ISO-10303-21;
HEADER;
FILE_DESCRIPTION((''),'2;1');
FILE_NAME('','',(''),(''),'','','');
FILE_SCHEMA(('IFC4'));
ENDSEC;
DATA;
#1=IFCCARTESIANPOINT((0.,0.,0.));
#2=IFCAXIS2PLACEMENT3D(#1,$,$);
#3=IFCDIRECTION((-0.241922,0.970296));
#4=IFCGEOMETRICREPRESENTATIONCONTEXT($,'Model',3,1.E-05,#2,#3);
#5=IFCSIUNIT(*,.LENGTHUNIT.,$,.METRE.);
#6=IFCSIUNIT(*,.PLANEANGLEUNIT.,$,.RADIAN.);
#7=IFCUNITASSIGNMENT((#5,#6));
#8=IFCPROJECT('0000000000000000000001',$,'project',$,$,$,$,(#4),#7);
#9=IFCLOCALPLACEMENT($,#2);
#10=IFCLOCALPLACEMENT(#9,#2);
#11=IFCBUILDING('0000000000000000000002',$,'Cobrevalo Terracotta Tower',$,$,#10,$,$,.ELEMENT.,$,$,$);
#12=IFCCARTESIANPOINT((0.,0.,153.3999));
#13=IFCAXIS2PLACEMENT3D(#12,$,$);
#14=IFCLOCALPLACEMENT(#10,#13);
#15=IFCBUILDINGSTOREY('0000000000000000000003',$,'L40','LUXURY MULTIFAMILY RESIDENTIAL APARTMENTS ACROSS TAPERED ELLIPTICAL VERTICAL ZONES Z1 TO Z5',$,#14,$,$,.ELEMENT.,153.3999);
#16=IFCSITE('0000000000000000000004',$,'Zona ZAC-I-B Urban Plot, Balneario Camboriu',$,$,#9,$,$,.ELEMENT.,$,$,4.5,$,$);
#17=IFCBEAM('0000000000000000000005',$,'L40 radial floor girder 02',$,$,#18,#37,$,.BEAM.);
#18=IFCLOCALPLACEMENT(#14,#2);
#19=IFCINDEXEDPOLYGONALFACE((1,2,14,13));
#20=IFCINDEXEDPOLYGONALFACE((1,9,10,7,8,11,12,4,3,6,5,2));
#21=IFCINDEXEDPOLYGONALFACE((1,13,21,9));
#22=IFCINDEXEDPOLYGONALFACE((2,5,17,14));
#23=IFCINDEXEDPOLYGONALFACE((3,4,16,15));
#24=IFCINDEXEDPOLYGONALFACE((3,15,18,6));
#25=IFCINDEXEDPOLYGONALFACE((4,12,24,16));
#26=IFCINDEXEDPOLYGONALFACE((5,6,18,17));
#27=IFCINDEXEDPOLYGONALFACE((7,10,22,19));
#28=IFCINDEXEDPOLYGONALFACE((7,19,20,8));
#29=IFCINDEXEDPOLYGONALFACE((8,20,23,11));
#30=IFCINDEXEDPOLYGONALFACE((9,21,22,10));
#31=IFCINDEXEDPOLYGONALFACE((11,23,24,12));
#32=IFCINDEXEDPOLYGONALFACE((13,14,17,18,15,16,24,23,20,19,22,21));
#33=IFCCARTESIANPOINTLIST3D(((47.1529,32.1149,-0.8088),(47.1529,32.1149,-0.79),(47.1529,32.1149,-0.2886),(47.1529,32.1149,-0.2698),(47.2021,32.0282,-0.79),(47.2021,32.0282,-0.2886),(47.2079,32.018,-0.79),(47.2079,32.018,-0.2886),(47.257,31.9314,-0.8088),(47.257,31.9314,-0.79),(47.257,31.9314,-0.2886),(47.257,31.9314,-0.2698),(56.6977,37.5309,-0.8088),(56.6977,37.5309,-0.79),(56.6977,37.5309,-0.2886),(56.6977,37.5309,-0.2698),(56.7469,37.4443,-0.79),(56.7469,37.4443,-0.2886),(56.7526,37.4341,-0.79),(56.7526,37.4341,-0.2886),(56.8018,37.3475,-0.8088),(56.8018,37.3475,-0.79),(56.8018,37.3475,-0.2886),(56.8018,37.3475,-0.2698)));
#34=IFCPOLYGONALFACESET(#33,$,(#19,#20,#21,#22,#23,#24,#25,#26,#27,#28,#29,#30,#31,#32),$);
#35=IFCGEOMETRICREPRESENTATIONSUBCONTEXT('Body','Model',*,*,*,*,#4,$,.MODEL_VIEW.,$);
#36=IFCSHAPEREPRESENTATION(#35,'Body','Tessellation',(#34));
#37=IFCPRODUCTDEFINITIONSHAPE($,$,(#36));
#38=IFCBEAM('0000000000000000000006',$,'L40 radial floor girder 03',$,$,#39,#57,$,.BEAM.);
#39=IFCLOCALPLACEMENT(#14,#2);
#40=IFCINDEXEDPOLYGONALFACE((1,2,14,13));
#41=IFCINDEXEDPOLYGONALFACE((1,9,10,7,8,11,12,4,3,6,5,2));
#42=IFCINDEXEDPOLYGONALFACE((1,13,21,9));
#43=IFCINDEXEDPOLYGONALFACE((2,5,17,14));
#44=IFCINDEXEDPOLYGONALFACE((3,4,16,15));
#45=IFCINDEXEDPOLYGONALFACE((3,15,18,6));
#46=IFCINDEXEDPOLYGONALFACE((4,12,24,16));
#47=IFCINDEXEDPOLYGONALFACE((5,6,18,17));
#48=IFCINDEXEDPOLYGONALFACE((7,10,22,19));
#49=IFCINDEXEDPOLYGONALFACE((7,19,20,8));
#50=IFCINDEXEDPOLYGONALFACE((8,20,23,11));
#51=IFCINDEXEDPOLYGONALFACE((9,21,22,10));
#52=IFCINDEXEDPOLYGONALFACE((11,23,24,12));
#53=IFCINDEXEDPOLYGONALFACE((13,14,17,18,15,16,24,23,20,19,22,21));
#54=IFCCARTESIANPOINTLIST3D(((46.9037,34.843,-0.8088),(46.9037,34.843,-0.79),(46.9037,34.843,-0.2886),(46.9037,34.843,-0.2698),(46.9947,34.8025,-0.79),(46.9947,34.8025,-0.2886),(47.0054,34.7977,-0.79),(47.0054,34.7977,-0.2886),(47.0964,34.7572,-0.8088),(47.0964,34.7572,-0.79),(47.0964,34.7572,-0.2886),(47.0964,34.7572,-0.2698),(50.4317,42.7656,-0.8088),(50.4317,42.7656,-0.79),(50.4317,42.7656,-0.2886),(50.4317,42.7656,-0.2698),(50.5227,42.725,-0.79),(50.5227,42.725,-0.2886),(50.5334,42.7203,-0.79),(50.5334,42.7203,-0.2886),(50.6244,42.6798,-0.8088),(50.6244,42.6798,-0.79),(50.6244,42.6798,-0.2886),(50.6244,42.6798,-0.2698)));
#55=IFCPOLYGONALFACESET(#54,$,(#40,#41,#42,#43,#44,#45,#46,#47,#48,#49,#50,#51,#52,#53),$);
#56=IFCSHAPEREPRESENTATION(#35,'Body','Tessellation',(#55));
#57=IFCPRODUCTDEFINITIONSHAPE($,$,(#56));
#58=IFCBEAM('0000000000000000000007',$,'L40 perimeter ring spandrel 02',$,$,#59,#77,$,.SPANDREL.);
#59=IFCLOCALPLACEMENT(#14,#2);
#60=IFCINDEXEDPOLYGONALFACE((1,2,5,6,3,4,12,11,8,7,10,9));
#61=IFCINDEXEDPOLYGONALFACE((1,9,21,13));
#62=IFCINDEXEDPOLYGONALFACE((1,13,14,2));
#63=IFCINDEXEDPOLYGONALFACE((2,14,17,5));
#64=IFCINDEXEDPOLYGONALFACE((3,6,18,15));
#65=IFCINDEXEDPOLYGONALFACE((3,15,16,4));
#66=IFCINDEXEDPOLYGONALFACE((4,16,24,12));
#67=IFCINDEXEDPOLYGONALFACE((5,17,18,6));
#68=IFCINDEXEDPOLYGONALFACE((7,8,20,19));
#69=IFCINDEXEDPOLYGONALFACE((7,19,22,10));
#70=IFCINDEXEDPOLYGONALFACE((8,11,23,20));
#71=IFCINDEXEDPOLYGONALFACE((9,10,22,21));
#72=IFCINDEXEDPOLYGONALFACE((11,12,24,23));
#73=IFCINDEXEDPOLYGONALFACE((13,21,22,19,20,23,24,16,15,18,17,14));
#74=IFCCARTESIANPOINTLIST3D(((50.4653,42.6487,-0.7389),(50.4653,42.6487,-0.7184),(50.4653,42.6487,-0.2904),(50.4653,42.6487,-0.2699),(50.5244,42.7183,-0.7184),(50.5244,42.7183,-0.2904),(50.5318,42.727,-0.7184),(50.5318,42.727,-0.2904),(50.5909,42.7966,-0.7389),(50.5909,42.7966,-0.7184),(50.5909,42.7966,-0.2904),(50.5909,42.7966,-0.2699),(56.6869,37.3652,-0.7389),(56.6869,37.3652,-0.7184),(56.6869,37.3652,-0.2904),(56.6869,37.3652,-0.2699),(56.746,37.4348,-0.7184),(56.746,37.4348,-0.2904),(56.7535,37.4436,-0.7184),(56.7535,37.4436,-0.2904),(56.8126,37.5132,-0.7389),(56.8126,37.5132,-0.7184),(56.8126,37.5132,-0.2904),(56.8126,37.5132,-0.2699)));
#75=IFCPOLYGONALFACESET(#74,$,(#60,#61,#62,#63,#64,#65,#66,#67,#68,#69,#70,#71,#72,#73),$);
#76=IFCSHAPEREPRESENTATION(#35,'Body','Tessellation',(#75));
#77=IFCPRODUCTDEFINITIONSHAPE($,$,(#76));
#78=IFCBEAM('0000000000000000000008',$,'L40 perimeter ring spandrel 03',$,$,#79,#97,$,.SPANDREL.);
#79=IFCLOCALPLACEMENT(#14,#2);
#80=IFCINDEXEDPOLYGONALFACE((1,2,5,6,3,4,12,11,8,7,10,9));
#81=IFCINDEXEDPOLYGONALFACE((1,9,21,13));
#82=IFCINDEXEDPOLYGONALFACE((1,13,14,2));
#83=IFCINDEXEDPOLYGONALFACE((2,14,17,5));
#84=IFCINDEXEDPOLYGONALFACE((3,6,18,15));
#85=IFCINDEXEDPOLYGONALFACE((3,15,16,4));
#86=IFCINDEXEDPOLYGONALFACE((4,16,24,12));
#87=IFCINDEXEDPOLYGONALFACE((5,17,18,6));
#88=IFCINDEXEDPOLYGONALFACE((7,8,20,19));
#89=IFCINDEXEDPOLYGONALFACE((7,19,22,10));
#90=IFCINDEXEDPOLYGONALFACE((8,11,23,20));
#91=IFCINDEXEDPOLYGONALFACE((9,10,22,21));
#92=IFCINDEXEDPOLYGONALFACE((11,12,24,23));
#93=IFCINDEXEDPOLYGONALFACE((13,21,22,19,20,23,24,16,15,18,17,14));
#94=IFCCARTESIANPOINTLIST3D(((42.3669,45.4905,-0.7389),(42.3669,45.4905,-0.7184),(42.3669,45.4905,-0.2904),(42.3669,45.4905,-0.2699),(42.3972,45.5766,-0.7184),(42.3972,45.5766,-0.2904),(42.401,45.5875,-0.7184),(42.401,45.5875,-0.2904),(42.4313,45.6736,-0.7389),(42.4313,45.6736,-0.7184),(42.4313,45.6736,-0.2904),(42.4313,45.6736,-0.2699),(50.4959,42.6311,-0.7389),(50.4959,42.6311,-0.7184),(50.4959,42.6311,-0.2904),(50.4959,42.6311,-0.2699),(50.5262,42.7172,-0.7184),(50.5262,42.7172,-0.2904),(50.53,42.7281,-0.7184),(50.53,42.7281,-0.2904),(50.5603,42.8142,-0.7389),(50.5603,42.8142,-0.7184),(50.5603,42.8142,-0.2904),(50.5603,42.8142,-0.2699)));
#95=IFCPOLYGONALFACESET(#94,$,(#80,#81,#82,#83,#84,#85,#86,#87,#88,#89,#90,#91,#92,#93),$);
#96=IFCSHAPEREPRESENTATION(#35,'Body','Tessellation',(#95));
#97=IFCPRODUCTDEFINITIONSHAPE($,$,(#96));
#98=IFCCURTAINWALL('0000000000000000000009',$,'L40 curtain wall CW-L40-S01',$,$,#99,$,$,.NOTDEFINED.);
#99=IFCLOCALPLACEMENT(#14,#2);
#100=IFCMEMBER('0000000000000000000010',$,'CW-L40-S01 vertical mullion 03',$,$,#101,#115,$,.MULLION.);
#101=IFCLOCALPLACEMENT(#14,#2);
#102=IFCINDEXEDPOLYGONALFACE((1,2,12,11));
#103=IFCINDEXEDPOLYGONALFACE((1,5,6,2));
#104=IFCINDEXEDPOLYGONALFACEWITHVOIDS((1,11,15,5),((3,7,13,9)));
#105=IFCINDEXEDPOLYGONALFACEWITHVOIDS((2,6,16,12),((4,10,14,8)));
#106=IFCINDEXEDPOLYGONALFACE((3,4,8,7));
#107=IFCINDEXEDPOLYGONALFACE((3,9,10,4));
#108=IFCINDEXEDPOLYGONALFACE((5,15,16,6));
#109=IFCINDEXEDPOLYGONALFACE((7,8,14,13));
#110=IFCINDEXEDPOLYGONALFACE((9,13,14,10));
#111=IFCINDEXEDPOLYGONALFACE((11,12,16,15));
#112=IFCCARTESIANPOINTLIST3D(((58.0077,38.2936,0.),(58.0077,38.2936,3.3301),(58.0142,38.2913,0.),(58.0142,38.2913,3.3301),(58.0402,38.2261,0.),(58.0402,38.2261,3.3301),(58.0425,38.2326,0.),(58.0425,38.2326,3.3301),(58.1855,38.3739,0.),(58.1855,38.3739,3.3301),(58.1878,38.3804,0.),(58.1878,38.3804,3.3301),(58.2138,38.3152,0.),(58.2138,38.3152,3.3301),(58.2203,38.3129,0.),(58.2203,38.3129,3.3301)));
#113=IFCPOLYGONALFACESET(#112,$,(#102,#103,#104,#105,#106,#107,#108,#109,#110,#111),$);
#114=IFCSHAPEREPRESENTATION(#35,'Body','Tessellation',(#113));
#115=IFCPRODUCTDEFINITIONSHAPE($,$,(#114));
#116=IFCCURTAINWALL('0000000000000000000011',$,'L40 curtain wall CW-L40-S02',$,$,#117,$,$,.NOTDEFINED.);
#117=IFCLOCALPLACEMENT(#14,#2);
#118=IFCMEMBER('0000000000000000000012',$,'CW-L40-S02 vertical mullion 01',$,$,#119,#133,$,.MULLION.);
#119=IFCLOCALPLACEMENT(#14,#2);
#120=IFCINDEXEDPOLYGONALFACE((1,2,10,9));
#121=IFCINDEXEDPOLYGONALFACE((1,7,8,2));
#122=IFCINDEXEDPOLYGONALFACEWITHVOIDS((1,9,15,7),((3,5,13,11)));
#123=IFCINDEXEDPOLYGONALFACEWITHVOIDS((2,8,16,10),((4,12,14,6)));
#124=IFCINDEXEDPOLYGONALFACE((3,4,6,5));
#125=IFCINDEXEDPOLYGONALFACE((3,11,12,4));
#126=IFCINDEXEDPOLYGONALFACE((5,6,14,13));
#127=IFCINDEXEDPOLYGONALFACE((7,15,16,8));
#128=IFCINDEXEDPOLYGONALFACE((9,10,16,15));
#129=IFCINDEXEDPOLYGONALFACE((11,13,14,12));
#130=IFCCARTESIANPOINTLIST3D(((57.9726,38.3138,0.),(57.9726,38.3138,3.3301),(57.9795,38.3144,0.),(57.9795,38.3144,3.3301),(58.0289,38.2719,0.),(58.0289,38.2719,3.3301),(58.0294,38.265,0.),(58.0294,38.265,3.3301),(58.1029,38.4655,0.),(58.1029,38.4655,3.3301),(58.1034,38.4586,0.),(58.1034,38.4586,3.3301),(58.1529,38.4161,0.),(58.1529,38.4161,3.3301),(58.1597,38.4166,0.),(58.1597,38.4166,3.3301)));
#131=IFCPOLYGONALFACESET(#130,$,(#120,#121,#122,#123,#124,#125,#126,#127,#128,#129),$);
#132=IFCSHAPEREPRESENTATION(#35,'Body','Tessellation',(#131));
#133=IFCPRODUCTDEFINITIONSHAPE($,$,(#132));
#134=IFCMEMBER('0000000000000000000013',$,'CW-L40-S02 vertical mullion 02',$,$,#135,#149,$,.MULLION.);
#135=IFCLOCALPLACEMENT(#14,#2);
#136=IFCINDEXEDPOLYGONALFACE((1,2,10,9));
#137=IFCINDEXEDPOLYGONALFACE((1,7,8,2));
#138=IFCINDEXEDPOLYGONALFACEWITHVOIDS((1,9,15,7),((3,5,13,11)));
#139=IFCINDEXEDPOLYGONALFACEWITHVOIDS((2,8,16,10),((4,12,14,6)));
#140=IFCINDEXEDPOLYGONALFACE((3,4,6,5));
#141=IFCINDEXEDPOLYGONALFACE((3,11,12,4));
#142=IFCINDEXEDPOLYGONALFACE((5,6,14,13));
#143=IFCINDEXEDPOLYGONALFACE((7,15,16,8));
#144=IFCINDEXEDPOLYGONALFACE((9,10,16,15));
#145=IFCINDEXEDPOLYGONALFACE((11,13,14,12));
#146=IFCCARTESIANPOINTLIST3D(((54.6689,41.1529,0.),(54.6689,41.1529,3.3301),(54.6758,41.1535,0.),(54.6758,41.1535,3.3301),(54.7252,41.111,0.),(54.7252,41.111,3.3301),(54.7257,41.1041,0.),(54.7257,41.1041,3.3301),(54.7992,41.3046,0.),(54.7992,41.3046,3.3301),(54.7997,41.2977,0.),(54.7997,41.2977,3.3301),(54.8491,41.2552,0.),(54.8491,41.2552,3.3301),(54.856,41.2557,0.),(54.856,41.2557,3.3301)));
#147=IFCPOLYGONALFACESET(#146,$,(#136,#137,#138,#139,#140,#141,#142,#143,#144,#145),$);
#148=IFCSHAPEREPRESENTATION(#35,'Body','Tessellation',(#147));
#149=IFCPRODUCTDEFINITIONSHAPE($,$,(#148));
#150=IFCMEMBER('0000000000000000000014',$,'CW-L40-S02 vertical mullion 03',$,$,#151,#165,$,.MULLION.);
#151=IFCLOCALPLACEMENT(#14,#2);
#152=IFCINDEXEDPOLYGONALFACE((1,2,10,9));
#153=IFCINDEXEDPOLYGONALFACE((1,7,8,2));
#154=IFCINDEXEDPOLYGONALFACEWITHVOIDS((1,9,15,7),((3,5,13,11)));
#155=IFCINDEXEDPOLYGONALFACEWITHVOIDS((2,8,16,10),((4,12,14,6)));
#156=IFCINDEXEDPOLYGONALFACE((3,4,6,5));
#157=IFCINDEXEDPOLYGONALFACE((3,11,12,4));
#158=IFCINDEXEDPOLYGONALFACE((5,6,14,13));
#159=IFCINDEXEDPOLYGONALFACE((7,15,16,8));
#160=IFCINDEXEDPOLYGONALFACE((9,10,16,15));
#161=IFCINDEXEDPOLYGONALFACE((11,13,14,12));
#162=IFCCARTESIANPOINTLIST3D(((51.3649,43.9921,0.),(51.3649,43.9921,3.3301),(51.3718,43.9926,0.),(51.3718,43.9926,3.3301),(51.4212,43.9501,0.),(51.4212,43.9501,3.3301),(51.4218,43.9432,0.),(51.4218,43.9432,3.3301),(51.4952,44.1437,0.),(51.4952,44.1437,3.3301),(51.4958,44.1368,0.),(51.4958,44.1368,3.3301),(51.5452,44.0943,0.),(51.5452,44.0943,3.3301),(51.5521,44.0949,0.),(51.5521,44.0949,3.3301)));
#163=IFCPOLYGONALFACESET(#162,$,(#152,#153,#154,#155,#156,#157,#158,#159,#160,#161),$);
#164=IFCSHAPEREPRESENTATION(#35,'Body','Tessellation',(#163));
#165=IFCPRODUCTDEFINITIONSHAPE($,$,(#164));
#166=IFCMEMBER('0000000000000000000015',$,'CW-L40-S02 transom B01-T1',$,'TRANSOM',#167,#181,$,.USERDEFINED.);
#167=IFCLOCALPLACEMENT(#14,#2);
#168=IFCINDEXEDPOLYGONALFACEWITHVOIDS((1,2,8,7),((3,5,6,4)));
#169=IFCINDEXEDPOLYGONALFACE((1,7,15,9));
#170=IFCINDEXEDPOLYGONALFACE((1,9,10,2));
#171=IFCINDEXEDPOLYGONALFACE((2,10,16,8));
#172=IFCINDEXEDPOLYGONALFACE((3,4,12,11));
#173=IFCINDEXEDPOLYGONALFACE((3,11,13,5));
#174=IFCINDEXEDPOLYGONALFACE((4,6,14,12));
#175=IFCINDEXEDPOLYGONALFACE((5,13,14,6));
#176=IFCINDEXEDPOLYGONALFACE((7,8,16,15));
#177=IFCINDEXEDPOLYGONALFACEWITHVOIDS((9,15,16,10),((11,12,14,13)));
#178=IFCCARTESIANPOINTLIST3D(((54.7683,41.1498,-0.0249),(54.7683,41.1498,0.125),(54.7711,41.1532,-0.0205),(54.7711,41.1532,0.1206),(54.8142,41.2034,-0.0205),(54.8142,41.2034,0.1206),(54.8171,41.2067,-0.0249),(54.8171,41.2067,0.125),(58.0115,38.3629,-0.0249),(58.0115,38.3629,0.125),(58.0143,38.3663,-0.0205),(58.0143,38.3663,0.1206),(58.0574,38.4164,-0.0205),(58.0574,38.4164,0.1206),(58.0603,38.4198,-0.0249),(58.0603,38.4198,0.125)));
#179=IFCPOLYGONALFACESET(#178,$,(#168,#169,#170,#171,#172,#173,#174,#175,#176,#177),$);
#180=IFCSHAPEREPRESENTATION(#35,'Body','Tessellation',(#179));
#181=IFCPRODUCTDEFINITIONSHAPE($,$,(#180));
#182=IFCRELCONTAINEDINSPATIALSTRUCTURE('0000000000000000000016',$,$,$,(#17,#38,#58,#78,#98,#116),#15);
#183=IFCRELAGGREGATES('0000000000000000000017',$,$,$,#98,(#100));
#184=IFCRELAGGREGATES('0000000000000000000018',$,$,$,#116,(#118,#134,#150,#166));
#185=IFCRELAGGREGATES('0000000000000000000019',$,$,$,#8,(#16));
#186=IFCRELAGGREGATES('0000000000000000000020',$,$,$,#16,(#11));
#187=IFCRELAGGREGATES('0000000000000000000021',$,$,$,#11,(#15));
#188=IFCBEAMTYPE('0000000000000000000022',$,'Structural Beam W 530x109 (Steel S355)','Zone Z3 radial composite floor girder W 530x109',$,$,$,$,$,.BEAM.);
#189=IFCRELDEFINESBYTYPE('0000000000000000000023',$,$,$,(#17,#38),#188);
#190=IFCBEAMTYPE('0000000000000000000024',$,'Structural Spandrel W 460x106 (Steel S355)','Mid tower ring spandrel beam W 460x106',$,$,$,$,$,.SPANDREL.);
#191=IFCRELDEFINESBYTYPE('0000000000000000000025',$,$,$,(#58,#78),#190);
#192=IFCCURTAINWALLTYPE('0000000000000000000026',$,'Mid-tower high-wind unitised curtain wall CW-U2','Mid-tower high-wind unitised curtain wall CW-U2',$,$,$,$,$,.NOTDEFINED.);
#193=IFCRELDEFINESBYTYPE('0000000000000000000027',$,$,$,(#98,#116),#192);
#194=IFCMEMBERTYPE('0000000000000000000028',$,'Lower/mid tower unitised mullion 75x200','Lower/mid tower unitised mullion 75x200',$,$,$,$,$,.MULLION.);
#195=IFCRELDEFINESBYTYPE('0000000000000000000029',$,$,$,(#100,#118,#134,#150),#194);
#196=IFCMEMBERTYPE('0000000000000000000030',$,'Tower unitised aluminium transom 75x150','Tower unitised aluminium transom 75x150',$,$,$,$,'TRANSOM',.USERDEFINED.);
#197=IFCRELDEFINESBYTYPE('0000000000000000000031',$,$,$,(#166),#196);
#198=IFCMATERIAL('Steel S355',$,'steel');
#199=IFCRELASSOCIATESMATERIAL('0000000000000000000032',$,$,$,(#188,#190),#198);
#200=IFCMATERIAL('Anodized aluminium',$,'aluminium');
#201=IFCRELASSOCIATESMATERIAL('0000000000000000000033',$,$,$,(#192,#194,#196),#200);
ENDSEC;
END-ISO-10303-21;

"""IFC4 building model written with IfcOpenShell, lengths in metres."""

from ifc_helpers import new_model, si_unit, direction, frame, origin, origin_2d, place, context, subcontext, project, spatial, hollow_rectangle, i_section, extrude, source, transform, mapped, material, material_profile, profile_set, type_object, element, aggregate, save


model = new_model("IFC4")

# Units and contexts
model_context = context("Model", 3, precision=1e-05, world=origin(), true_north=direction((-0.241922, 0.970296)))
body_context = subcontext(model_context, "Body", "Model", "MODEL_VIEW")
ifc_project = project(units=[si_unit("LENGTHUNIT", "METRE"), si_unit("PLANEANGLEUNIT", "RADIAN")], contexts=[model_context])

# Site, building, storey
site_placement = place(None, origin())
site = spatial("IfcSite", under=ifc_project, at=site_placement, Name="Zona ZAC-I-B Urban Plot, Balneario Camboriu", CompositionType="ELEMENT", RefElevation=4.5)
building_placement = place(site_placement, origin())
building = spatial("IfcBuilding", under=site, at=building_placement, Name="Cobrevalo Terracotta Tower", CompositionType="ELEMENT")
storey_placement = place(building_placement, frame((0.0, 0.0, 153.3999)))
storey = spatial("IfcBuildingStorey", under=building, at=storey_placement, Name="L40", Description="LUXURY MULTIFAMILY RESIDENTIAL APARTMENTS ACROSS TAPERED ELLIPTICAL VERTICAL ZONES Z1 TO Z5", CompositionType="ELEMENT", Elevation=153.3999)

# Shared definitions
ifc_material_1 = material(Name="Steel S355", Category="steel")

# Beams
ifc_material_profile_1 = material_profile(ifc_material_1, i_section(OverallWidth=0.2109, OverallDepth=0.5391, WebThickness=0.0117, FlangeThickness=0.0188, at=origin_2d()), Name="W 530x109")
ifc_profile_set_1 = profile_set([ifc_material_profile_1], Name="Steel S355")
beam_type_1 = type_object("IfcBeamType", Name="Structural Beam W 530x109 (Steel S355)", Description="Zone Z3 radial composite floor girder W 530x109", PredefinedType="BEAM", material=ifc_profile_set_1)
beam_1_placement = place(storey_placement, frame((56.7498, 37.4392, -0.5393), z_axis=(-0.869734, -0.49352, 0.0), x_axis=(0.49352, -0.869734, 0.0)))
element("IfcBeam", 1, at=beam_1_placement, inside=storey, type_object=beam_type_1, Name="L40 radial floor girder 02", PredefinedType="BEAM", context=body_context, shape_type="SweptSolid", body=[
    extrude(i_section(OverallWidth=0.2109, OverallDepth=0.5391, WebThickness=0.0117, FlangeThickness=0.0188, at=origin_2d()), origin(), (0.0, 0.0, 1.0), 10.9744),
])
beam_2_placement = place(storey_placement, frame((50.5281, 42.7227, -0.5393), z_axis=(-0.406804, -0.913515, 0.0), x_axis=(0.913515, -0.406804, 0.0)))
element("IfcBeam", 2, at=beam_2_placement, inside=storey, type_object=beam_type_1, Name="L40 radial floor girder 03", PredefinedType="BEAM", context=body_context, shape_type="SweptSolid", body=[
    extrude(i_section(OverallWidth=0.2109, OverallDepth=0.5391, WebThickness=0.0117, FlangeThickness=0.0188, at=origin_2d()), origin(), (0.0, 0.0, 1.0), 8.6726),
])
ifc_material_profile_2 = material_profile(ifc_material_1, i_section(OverallWidth=0.1941, OverallDepth=0.469, WebThickness=0.0115, FlangeThickness=0.0205, at=origin_2d()), Name="W 460x106")
ifc_profile_set_2 = profile_set([ifc_material_profile_2], Name="Steel S355")
beam_type_2 = type_object("IfcBeamType", Name="Structural Spandrel W 460x106 (Steel S355)", Description="Mid tower ring spandrel beam W 460x106", PredefinedType="SPANDREL", material=ifc_profile_set_2)
beam_3_placement = place(storey_placement, frame((56.7498, 37.4392, -0.5044), z_axis=(-0.76224, 0.647294, 0.0), x_axis=(-0.647294, -0.76224, 0.0)))
element("IfcBeam", 3, at=beam_3_placement, inside=storey, type_object=beam_type_2, Name="L40 perimeter ring spandrel 02", PredefinedType="SPANDREL", context=body_context, shape_type="SweptSolid", body=[
    extrude(i_section(OverallWidth=0.1941, OverallDepth=0.469, WebThickness=0.0115, FlangeThickness=0.0205, at=origin_2d()), origin(), (0.0, 0.0, 1.0), 8.1624),
])
beam_4_placement = place(storey_placement, frame((50.5281, 42.7227, -0.5044), z_axis=(-0.943341, 0.331824, 0.0), x_axis=(-0.331824, -0.943341, 0.0)))
element("IfcBeam", 4, at=beam_4_placement, inside=storey, type_object=beam_type_2, Name="L40 perimeter ring spandrel 03", PredefinedType="SPANDREL", context=body_context, shape_type="SweptSolid", body=[
    extrude(i_section(OverallWidth=0.1941, OverallDepth=0.469, WebThickness=0.0115, FlangeThickness=0.0205, at=origin_2d()), origin(), (0.0, 0.0, 1.0), 8.6172),
])

# Curtain wall, member
ifc_material_2 = material(Name="Anodized aluminium", Category="aluminium")
curtain_wall_type = type_object("IfcCurtainWallType", Name="Mid-tower high-wind unitised curtain wall CW-U2", Description="Mid-tower high-wind unitised curtain wall CW-U2", PredefinedType="NOTDEFINED", material=ifc_material_2)
curtain_wall_1_placement = place(storey_placement, origin())
curtain_wall_1 = element("IfcCurtainWall", 5, at=curtain_wall_1_placement, inside=storey, type_object=curtain_wall_type, Name="L40 curtain wall CW-L40-S01", PredefinedType="NOTDEFINED")
ifc_material_profile_3 = material_profile(ifc_material_2, hollow_rectangle(XDim=0.075, YDim=0.2, WallThickness=0.0049, at=origin_2d()), Name="CWM 75x200")
ifc_profile_set_3 = profile_set([ifc_material_profile_3], Name="Anodized aluminium")
member_type_1 = type_object("IfcMemberType", Name="Lower/mid tower unitised mullion 75x200", Description="Lower/mid tower unitised mullion 75x200", PredefinedType="MULLION", material=ifc_profile_set_3)
shared_shape_1 = source(origin(), body_context, "Body", "SweptSolid", [
    extrude(hollow_rectangle(XDim=0.075, YDim=0.2, WallThickness=0.0049, at=origin_2d()), origin(), (0.0, 0.0, 1.0), 3.3301),
])
member_1_placement = place(storey_placement, frame((58.114, 38.3032, 0.0), z_axis=(0.0, 0.0, 1.0), x_axis=(-0.434209, 0.900812, 0.0)))
member_1 = element("IfcMember", 6, at=member_1_placement, type_object=member_type_1, Name="CW-L40-S01 vertical mullion 03", PredefinedType="MULLION", context=body_context, shape_type="MappedRepresentation", body=[
    mapped(shared_shape_1, transform((0.0, 0.0, 0.0), scale=1.0)),
])
aggregate(curtain_wall_1, [member_1])

# Curtain wall, members
curtain_wall_2_placement = place(storey_placement, origin())
curtain_wall_2 = element("IfcCurtainWall", 7, at=curtain_wall_2_placement, inside=storey, type_object=curtain_wall_type, Name="L40 curtain wall CW-L40-S02", PredefinedType="NOTDEFINED")
member_2_placement = place(storey_placement, frame((58.0662, 38.3652, 0.0), z_axis=(0.0, 0.0, 1.0), x_axis=(-0.758442, 0.651741, 0.0)))
member_2 = element("IfcMember", 8, at=member_2_placement, type_object=member_type_1, Name="CW-L40-S02 vertical mullion 01", PredefinedType="MULLION", context=body_context, shape_type="MappedRepresentation", body=[
    mapped(shared_shape_1, transform((0.0, 0.0, 0.0), scale=1.0)),
])
member_3_placement = place(storey_placement, frame((54.7625, 41.2043, 0.0), z_axis=(0.0, 0.0, 1.0), x_axis=(-0.758442, 0.651741, 0.0)))
member_3 = element("IfcMember", 9, at=member_3_placement, type_object=member_type_1, Name="CW-L40-S02 vertical mullion 02", PredefinedType="MULLION", context=body_context, shape_type="MappedRepresentation", body=[
    mapped(shared_shape_1, transform((0.0, 0.0, 0.0), scale=1.0)),
])
member_4_placement = place(storey_placement, frame((51.4585, 44.0435, 0.0), z_axis=(0.0, 0.0, 1.0), x_axis=(-0.758442, 0.651741, 0.0)))
member_4 = element("IfcMember", 10, at=member_4_placement, type_object=member_type_1, Name="CW-L40-S02 vertical mullion 03", PredefinedType="MULLION", context=body_context, shape_type="MappedRepresentation", body=[
    mapped(shared_shape_1, transform((0.0, 0.0, 0.0), scale=1.0)),
])
ifc_material_profile_4 = material_profile(ifc_material_2, hollow_rectangle(XDim=0.075, YDim=0.1499, WallThickness=0.0044, at=origin_2d()), Name="CWT 75x150")
ifc_profile_set_4 = profile_set([ifc_material_profile_4], Name="Anodized aluminium")
member_type_2 = type_object("IfcMemberType", Name="Tower unitised aluminium transom 75x150", Description="Tower unitised aluminium transom 75x150", ElementType="TRANSOM", PredefinedType="USERDEFINED", material=ifc_profile_set_4)
shared_shape_2 = source(origin(), body_context, "Body", "SweptSolid", [
    extrude(hollow_rectangle(XDim=0.075, YDim=0.1499, WallThickness=0.0044, at=origin_2d()), origin(), (0.0, 0.0, 1.0), 4.2761),
])
member_5_placement = place(storey_placement, frame((58.0359, 38.3914, 0.05), z_axis=(-0.758446, 0.651736, 0.0), x_axis=(-0.651736, -0.758446, 0.0)))
member_5 = element("IfcMember", 11, at=member_5_placement, type_object=member_type_2, Name="CW-L40-S02 transom B01-T1", ObjectType="TRANSOM", PredefinedType="USERDEFINED", context=body_context, shape_type="MappedRepresentation", body=[
    mapped(shared_shape_2, transform((0.0, 0.0, 0.0), scale=1.0)),
])
aggregate(curtain_wall_2, [member_2, member_3, member_4, member_5])

save(model, "model.ifc")
